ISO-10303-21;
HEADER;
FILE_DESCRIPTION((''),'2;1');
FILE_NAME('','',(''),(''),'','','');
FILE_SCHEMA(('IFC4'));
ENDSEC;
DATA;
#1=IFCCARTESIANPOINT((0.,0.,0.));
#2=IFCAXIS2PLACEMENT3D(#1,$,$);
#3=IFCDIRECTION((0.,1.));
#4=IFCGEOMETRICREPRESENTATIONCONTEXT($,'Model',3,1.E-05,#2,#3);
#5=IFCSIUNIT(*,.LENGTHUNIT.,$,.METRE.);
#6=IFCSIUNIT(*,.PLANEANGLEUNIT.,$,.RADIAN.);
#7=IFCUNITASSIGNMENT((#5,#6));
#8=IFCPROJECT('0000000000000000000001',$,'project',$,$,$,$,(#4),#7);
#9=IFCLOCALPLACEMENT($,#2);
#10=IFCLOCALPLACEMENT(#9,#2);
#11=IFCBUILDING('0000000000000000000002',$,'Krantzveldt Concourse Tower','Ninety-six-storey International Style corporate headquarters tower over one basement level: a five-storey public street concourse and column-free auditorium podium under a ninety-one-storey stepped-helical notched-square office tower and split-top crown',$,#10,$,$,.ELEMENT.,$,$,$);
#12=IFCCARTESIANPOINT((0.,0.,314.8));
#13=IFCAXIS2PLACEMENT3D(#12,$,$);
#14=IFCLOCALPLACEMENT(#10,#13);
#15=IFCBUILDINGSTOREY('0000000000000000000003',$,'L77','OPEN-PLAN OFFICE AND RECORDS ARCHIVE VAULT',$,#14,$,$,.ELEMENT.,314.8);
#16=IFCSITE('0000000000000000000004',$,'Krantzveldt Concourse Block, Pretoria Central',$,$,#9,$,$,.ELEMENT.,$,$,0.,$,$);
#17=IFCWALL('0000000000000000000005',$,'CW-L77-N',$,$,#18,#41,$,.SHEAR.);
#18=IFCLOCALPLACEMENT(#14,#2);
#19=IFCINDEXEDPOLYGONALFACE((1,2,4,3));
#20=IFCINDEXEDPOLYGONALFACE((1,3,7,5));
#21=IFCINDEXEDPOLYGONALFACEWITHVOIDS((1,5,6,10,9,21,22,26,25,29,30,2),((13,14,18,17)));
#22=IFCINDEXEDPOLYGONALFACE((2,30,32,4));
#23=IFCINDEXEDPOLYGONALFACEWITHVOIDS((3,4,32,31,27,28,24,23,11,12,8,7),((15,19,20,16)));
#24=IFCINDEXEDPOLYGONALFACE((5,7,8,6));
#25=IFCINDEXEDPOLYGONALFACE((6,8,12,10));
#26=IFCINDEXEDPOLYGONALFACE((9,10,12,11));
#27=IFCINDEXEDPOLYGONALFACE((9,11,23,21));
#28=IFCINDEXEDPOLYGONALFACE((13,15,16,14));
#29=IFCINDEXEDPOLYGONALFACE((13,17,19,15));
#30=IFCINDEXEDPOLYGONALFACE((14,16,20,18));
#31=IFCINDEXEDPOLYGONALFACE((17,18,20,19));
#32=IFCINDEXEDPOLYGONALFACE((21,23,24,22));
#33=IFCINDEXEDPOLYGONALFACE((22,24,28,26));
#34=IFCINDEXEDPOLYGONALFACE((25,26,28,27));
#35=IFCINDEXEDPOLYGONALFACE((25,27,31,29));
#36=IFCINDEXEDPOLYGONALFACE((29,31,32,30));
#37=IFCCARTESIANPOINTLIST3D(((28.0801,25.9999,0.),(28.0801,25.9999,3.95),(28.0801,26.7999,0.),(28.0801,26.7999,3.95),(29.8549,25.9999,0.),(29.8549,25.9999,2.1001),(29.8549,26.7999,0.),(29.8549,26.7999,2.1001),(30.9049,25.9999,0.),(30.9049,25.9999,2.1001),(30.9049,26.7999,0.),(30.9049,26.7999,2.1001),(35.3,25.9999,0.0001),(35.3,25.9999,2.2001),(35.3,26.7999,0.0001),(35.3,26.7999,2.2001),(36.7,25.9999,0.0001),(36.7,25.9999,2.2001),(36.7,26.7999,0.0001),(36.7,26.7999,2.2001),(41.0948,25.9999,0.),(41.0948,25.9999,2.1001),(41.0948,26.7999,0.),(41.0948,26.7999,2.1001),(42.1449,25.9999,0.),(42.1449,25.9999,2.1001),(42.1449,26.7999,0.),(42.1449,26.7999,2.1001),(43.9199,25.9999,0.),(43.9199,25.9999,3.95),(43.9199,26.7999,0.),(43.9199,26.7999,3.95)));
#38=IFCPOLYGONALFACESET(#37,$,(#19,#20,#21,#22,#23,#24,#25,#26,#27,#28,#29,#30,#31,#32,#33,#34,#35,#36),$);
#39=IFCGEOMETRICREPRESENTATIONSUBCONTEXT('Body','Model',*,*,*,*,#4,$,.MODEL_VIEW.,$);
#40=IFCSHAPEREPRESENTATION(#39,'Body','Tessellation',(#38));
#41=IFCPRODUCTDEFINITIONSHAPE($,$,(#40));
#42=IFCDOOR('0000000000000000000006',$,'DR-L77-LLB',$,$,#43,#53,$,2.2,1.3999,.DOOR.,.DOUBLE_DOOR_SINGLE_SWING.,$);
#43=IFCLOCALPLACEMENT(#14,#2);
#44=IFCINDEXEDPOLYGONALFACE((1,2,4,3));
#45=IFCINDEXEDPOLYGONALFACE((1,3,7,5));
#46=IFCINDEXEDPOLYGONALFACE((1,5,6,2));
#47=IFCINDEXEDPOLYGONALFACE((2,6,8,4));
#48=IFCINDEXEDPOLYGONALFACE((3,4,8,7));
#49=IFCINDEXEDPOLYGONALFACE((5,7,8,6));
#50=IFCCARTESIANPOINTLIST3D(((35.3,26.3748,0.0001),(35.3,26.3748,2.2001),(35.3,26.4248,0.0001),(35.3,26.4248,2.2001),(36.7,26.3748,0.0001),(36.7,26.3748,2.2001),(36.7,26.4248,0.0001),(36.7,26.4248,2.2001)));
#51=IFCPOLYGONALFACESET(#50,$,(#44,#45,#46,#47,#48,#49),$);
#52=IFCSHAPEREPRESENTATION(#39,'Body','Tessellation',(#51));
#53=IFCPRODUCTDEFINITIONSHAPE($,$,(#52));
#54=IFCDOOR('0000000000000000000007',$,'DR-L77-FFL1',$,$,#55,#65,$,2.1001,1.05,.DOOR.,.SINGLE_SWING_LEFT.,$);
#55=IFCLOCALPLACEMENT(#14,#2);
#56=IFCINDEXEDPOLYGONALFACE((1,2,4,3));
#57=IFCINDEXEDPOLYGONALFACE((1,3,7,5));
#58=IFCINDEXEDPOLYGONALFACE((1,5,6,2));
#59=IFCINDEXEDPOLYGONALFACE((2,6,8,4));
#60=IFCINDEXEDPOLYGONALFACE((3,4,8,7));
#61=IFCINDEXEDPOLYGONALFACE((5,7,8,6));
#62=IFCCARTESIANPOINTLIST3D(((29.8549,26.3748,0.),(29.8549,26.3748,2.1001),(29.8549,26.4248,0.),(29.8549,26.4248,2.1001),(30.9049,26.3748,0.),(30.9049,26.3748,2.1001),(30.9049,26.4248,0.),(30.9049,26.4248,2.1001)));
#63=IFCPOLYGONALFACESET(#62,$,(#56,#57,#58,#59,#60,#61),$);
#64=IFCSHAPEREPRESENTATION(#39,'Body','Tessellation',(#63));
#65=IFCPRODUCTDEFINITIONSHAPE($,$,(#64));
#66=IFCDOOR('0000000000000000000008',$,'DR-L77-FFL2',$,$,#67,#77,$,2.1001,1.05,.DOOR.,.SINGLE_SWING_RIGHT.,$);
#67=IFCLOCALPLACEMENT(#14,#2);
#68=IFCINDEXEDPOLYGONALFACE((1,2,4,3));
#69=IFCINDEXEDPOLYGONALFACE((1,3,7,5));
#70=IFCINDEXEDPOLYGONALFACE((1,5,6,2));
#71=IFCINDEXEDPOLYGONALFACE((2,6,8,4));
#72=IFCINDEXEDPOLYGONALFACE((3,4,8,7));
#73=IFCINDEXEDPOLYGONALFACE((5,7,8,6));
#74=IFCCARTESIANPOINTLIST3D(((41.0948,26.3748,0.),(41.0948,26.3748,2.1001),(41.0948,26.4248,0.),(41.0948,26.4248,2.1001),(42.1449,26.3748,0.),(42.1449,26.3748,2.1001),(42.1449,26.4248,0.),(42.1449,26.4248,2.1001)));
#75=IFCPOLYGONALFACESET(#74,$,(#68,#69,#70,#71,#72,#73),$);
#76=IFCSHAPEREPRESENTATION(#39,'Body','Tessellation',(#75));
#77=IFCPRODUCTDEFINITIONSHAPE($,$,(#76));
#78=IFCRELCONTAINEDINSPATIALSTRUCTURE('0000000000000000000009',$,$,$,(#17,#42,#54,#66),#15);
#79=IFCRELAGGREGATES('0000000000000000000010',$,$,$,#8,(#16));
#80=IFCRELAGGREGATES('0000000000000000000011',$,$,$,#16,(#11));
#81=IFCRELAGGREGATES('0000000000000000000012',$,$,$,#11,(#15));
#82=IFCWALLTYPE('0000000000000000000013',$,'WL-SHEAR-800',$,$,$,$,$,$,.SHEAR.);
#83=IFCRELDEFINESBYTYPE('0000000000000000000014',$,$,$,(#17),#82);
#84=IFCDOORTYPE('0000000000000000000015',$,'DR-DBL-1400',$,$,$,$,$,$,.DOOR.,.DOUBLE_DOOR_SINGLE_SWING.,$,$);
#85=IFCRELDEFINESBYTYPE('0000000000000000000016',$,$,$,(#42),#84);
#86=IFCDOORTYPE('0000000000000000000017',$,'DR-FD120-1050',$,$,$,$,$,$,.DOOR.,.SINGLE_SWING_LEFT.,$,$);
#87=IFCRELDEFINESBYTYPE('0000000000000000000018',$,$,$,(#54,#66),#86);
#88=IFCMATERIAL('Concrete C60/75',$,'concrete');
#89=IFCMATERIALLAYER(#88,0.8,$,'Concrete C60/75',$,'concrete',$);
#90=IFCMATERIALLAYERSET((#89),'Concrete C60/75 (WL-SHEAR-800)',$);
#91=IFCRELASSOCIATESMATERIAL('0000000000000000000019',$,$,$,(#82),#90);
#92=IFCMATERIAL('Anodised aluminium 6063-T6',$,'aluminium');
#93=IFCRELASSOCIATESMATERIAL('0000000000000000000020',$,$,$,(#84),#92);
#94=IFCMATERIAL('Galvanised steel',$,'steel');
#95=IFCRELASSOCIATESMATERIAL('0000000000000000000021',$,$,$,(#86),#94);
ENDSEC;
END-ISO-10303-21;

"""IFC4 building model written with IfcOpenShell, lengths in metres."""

from ifc_helpers import new_model, si_unit, direction, frame, frame_2d, origin, place, context, subcontext, project, spatial, rectangle, extrude, material, layer, layer_set, type_object, element, fill, save


model = new_model("IFC4")

# Units and contexts
model_context = context("Model", 3, precision=1e-05, world=origin(), true_north=direction((0.0, 1.0)))
body_context = subcontext(model_context, "Body", "Model", "MODEL_VIEW")
ifc_project = project(units=[si_unit("LENGTHUNIT", "METRE"), si_unit("PLANEANGLEUNIT", "RADIAN")], contexts=[model_context])

# Site, building, storey
site_placement = place(None, origin())
site = spatial("IfcSite", under=ifc_project, at=site_placement, Name="Krantzveldt Concourse Block, Pretoria Central", CompositionType="ELEMENT", RefElevation=0.0)
building_placement = place(site_placement, origin())
building = spatial("IfcBuilding", under=site, at=building_placement, Name="Krantzveldt Concourse Tower", Description="Ninety-six-storey International Style corporate headquarters tower over one basement level: a five-storey public street concourse and column-free auditorium podium under a ninety-one-storey stepped-helical notched-square office tower and split-top crown", CompositionType="ELEMENT")
storey_placement = place(building_placement, frame((0.0, 0.0, 314.8)))
storey = spatial("IfcBuildingStorey", under=building, at=storey_placement, Name="L77", Description="OPEN-PLAN OFFICE AND RECORDS ARCHIVE VAULT", CompositionType="ELEMENT", Elevation=314.8)

# Shared definitions
ifc_material_1 = material(Name="Anodised aluminium 6063-T6", Category="aluminium")

# Wall, openings, doors
ifc_material_2 = material(Name="Concrete C60/75", Category="concrete")
ifc_layer_1 = layer(ifc_material_2, 0.8, Name="Concrete C60/75", Category="concrete")
ifc_layer_set_1 = layer_set([ifc_layer_1], Name="Concrete C60/75 (WL-SHEAR-800)")
wall_type_1 = type_object("IfcWallType", Name="WL-SHEAR-800", PredefinedType="SHEAR", material=ifc_layer_set_1)
wall_1_placement = place(storey_placement, frame((28.0801, 26.3999, 0.0), z_axis=(0.0, 0.0, 1.0), x_axis=(1.0, 0.0, 0.0)))
wall_1 = element("IfcWall", 1, at=wall_1_placement, inside=storey, type_object=wall_type_1, Name="CW-L77-N", PredefinedType="SHEAR", context=body_context, shape_type="SweptSolid", body=[
    extrude(rectangle(XDim=15.8398, YDim=0.8, at=frame_2d((7.9199, 0.0))), origin(), (0.0, 0.0, 1.0), 3.95),
])
opening_1_placement = place(wall_1_placement, frame((7.22, 0.0, 0.0)))
opening_1 = element("IfcOpeningElement", 2, at=opening_1_placement, cuts=wall_1, PredefinedType="OPENING", context=body_context, shape_type="SweptSolid", body=[
    extrude(rectangle(XDim=1.3999, YDim=2.2, at=frame_2d((0.7, 1.1001))), frame((0.0, 0.4102, 0.0), z_axis=(0.0, -1.0, 0.0), x_axis=(1.0, 0.0, 0.0)), (0.0, 0.0, 1.0), 0.8201),
])
opening_2_placement = place(wall_1_placement, frame((1.7749, 0.0, 0.0)))
opening_2 = element("IfcOpeningElement", 3, at=opening_2_placement, cuts=wall_1, PredefinedType="OPENING", context=body_context, shape_type="SweptSolid", body=[
    extrude(rectangle(XDim=1.05, YDim=2.1001, at=frame_2d((0.5249, 1.05))), frame((0.0, 0.4102, 0.0), z_axis=(0.0, -1.0, 0.0), x_axis=(1.0, 0.0, 0.0)), (0.0, 0.0, 1.0), 0.8201),
])
opening_3_placement = place(wall_1_placement, frame((13.0149, 0.0, 0.0)))
opening_3 = element("IfcOpeningElement", 4, at=opening_3_placement, cuts=wall_1, PredefinedType="OPENING", context=body_context, shape_type="SweptSolid", body=[
    extrude(rectangle(XDim=1.05, YDim=2.1001, at=frame_2d((0.5249, 1.05))), frame((0.0, 0.4102, 0.0), z_axis=(0.0, -1.0, 0.0), x_axis=(1.0, 0.0, 0.0)), (0.0, 0.0, 1.0), 0.8201),
])
door_type_1 = type_object("IfcDoorType", Name="DR-DBL-1400", OperationType="DOUBLE_DOOR_SINGLE_SWING", PredefinedType="DOOR", material=ifc_material_1)
door_1_placement = place(opening_1_placement, origin())
door_1 = element("IfcDoor", 5, at=door_1_placement, inside=storey, type_object=door_type_1, Name="DR-L77-LLB", OperationType="DOUBLE_DOOR_SINGLE_SWING", OverallHeight=2.2, OverallWidth=1.3999, PredefinedType="DOOR", context=body_context, shape_type="SweptSolid", body=[
    extrude(rectangle(XDim=1.3999, YDim=2.2, at=frame_2d((0.7, 1.1001))), frame((0.0, 0.0249, 0.0), z_axis=(0.0, -1.0, 0.0), x_axis=(1.0, 0.0, 0.0)), (0.0, 0.0, 1.0), 0.05),
])
fill(opening_1, door_1)
ifc_material_3 = material(Name="Galvanised steel", Category="steel")
door_type_2 = type_object("IfcDoorType", Name="DR-FD120-1050", OperationType="SINGLE_SWING_LEFT", PredefinedType="DOOR", material=ifc_material_3)
door_2_placement = place(opening_2_placement, origin())
door_2 = element("IfcDoor", 6, at=door_2_placement, inside=storey, type_object=door_type_2, Name="DR-L77-FFL1", OperationType="SINGLE_SWING_LEFT", OverallHeight=2.1001, OverallWidth=1.05, PredefinedType="DOOR", context=body_context, shape_type="SweptSolid", body=[
    extrude(rectangle(XDim=1.05, YDim=2.1001, at=frame_2d((0.5249, 1.05))), frame((0.0, 0.0249, 0.0), z_axis=(0.0, -1.0, 0.0), x_axis=(1.0, 0.0, 0.0)), (0.0, 0.0, 1.0), 0.05),
])
fill(opening_2, door_2)
door_3_placement = place(opening_3_placement, origin())
door_3 = element("IfcDoor", 7, at=door_3_placement, inside=storey, type_object=door_type_2, Name="DR-L77-FFL2", OperationType="SINGLE_SWING_RIGHT", OverallHeight=2.1001, OverallWidth=1.05, PredefinedType="DOOR", context=body_context, shape_type="SweptSolid", body=[
    extrude(rectangle(XDim=1.05, YDim=2.1001, at=frame_2d((0.5249, 1.05))), frame((0.0, 0.0249, 0.0), z_axis=(0.0, -1.0, 0.0), x_axis=(1.0, 0.0, 0.0)), (0.0, 0.0, 1.0), 0.05),
])
fill(opening_3, door_3)

save(model, "model.ifc")
